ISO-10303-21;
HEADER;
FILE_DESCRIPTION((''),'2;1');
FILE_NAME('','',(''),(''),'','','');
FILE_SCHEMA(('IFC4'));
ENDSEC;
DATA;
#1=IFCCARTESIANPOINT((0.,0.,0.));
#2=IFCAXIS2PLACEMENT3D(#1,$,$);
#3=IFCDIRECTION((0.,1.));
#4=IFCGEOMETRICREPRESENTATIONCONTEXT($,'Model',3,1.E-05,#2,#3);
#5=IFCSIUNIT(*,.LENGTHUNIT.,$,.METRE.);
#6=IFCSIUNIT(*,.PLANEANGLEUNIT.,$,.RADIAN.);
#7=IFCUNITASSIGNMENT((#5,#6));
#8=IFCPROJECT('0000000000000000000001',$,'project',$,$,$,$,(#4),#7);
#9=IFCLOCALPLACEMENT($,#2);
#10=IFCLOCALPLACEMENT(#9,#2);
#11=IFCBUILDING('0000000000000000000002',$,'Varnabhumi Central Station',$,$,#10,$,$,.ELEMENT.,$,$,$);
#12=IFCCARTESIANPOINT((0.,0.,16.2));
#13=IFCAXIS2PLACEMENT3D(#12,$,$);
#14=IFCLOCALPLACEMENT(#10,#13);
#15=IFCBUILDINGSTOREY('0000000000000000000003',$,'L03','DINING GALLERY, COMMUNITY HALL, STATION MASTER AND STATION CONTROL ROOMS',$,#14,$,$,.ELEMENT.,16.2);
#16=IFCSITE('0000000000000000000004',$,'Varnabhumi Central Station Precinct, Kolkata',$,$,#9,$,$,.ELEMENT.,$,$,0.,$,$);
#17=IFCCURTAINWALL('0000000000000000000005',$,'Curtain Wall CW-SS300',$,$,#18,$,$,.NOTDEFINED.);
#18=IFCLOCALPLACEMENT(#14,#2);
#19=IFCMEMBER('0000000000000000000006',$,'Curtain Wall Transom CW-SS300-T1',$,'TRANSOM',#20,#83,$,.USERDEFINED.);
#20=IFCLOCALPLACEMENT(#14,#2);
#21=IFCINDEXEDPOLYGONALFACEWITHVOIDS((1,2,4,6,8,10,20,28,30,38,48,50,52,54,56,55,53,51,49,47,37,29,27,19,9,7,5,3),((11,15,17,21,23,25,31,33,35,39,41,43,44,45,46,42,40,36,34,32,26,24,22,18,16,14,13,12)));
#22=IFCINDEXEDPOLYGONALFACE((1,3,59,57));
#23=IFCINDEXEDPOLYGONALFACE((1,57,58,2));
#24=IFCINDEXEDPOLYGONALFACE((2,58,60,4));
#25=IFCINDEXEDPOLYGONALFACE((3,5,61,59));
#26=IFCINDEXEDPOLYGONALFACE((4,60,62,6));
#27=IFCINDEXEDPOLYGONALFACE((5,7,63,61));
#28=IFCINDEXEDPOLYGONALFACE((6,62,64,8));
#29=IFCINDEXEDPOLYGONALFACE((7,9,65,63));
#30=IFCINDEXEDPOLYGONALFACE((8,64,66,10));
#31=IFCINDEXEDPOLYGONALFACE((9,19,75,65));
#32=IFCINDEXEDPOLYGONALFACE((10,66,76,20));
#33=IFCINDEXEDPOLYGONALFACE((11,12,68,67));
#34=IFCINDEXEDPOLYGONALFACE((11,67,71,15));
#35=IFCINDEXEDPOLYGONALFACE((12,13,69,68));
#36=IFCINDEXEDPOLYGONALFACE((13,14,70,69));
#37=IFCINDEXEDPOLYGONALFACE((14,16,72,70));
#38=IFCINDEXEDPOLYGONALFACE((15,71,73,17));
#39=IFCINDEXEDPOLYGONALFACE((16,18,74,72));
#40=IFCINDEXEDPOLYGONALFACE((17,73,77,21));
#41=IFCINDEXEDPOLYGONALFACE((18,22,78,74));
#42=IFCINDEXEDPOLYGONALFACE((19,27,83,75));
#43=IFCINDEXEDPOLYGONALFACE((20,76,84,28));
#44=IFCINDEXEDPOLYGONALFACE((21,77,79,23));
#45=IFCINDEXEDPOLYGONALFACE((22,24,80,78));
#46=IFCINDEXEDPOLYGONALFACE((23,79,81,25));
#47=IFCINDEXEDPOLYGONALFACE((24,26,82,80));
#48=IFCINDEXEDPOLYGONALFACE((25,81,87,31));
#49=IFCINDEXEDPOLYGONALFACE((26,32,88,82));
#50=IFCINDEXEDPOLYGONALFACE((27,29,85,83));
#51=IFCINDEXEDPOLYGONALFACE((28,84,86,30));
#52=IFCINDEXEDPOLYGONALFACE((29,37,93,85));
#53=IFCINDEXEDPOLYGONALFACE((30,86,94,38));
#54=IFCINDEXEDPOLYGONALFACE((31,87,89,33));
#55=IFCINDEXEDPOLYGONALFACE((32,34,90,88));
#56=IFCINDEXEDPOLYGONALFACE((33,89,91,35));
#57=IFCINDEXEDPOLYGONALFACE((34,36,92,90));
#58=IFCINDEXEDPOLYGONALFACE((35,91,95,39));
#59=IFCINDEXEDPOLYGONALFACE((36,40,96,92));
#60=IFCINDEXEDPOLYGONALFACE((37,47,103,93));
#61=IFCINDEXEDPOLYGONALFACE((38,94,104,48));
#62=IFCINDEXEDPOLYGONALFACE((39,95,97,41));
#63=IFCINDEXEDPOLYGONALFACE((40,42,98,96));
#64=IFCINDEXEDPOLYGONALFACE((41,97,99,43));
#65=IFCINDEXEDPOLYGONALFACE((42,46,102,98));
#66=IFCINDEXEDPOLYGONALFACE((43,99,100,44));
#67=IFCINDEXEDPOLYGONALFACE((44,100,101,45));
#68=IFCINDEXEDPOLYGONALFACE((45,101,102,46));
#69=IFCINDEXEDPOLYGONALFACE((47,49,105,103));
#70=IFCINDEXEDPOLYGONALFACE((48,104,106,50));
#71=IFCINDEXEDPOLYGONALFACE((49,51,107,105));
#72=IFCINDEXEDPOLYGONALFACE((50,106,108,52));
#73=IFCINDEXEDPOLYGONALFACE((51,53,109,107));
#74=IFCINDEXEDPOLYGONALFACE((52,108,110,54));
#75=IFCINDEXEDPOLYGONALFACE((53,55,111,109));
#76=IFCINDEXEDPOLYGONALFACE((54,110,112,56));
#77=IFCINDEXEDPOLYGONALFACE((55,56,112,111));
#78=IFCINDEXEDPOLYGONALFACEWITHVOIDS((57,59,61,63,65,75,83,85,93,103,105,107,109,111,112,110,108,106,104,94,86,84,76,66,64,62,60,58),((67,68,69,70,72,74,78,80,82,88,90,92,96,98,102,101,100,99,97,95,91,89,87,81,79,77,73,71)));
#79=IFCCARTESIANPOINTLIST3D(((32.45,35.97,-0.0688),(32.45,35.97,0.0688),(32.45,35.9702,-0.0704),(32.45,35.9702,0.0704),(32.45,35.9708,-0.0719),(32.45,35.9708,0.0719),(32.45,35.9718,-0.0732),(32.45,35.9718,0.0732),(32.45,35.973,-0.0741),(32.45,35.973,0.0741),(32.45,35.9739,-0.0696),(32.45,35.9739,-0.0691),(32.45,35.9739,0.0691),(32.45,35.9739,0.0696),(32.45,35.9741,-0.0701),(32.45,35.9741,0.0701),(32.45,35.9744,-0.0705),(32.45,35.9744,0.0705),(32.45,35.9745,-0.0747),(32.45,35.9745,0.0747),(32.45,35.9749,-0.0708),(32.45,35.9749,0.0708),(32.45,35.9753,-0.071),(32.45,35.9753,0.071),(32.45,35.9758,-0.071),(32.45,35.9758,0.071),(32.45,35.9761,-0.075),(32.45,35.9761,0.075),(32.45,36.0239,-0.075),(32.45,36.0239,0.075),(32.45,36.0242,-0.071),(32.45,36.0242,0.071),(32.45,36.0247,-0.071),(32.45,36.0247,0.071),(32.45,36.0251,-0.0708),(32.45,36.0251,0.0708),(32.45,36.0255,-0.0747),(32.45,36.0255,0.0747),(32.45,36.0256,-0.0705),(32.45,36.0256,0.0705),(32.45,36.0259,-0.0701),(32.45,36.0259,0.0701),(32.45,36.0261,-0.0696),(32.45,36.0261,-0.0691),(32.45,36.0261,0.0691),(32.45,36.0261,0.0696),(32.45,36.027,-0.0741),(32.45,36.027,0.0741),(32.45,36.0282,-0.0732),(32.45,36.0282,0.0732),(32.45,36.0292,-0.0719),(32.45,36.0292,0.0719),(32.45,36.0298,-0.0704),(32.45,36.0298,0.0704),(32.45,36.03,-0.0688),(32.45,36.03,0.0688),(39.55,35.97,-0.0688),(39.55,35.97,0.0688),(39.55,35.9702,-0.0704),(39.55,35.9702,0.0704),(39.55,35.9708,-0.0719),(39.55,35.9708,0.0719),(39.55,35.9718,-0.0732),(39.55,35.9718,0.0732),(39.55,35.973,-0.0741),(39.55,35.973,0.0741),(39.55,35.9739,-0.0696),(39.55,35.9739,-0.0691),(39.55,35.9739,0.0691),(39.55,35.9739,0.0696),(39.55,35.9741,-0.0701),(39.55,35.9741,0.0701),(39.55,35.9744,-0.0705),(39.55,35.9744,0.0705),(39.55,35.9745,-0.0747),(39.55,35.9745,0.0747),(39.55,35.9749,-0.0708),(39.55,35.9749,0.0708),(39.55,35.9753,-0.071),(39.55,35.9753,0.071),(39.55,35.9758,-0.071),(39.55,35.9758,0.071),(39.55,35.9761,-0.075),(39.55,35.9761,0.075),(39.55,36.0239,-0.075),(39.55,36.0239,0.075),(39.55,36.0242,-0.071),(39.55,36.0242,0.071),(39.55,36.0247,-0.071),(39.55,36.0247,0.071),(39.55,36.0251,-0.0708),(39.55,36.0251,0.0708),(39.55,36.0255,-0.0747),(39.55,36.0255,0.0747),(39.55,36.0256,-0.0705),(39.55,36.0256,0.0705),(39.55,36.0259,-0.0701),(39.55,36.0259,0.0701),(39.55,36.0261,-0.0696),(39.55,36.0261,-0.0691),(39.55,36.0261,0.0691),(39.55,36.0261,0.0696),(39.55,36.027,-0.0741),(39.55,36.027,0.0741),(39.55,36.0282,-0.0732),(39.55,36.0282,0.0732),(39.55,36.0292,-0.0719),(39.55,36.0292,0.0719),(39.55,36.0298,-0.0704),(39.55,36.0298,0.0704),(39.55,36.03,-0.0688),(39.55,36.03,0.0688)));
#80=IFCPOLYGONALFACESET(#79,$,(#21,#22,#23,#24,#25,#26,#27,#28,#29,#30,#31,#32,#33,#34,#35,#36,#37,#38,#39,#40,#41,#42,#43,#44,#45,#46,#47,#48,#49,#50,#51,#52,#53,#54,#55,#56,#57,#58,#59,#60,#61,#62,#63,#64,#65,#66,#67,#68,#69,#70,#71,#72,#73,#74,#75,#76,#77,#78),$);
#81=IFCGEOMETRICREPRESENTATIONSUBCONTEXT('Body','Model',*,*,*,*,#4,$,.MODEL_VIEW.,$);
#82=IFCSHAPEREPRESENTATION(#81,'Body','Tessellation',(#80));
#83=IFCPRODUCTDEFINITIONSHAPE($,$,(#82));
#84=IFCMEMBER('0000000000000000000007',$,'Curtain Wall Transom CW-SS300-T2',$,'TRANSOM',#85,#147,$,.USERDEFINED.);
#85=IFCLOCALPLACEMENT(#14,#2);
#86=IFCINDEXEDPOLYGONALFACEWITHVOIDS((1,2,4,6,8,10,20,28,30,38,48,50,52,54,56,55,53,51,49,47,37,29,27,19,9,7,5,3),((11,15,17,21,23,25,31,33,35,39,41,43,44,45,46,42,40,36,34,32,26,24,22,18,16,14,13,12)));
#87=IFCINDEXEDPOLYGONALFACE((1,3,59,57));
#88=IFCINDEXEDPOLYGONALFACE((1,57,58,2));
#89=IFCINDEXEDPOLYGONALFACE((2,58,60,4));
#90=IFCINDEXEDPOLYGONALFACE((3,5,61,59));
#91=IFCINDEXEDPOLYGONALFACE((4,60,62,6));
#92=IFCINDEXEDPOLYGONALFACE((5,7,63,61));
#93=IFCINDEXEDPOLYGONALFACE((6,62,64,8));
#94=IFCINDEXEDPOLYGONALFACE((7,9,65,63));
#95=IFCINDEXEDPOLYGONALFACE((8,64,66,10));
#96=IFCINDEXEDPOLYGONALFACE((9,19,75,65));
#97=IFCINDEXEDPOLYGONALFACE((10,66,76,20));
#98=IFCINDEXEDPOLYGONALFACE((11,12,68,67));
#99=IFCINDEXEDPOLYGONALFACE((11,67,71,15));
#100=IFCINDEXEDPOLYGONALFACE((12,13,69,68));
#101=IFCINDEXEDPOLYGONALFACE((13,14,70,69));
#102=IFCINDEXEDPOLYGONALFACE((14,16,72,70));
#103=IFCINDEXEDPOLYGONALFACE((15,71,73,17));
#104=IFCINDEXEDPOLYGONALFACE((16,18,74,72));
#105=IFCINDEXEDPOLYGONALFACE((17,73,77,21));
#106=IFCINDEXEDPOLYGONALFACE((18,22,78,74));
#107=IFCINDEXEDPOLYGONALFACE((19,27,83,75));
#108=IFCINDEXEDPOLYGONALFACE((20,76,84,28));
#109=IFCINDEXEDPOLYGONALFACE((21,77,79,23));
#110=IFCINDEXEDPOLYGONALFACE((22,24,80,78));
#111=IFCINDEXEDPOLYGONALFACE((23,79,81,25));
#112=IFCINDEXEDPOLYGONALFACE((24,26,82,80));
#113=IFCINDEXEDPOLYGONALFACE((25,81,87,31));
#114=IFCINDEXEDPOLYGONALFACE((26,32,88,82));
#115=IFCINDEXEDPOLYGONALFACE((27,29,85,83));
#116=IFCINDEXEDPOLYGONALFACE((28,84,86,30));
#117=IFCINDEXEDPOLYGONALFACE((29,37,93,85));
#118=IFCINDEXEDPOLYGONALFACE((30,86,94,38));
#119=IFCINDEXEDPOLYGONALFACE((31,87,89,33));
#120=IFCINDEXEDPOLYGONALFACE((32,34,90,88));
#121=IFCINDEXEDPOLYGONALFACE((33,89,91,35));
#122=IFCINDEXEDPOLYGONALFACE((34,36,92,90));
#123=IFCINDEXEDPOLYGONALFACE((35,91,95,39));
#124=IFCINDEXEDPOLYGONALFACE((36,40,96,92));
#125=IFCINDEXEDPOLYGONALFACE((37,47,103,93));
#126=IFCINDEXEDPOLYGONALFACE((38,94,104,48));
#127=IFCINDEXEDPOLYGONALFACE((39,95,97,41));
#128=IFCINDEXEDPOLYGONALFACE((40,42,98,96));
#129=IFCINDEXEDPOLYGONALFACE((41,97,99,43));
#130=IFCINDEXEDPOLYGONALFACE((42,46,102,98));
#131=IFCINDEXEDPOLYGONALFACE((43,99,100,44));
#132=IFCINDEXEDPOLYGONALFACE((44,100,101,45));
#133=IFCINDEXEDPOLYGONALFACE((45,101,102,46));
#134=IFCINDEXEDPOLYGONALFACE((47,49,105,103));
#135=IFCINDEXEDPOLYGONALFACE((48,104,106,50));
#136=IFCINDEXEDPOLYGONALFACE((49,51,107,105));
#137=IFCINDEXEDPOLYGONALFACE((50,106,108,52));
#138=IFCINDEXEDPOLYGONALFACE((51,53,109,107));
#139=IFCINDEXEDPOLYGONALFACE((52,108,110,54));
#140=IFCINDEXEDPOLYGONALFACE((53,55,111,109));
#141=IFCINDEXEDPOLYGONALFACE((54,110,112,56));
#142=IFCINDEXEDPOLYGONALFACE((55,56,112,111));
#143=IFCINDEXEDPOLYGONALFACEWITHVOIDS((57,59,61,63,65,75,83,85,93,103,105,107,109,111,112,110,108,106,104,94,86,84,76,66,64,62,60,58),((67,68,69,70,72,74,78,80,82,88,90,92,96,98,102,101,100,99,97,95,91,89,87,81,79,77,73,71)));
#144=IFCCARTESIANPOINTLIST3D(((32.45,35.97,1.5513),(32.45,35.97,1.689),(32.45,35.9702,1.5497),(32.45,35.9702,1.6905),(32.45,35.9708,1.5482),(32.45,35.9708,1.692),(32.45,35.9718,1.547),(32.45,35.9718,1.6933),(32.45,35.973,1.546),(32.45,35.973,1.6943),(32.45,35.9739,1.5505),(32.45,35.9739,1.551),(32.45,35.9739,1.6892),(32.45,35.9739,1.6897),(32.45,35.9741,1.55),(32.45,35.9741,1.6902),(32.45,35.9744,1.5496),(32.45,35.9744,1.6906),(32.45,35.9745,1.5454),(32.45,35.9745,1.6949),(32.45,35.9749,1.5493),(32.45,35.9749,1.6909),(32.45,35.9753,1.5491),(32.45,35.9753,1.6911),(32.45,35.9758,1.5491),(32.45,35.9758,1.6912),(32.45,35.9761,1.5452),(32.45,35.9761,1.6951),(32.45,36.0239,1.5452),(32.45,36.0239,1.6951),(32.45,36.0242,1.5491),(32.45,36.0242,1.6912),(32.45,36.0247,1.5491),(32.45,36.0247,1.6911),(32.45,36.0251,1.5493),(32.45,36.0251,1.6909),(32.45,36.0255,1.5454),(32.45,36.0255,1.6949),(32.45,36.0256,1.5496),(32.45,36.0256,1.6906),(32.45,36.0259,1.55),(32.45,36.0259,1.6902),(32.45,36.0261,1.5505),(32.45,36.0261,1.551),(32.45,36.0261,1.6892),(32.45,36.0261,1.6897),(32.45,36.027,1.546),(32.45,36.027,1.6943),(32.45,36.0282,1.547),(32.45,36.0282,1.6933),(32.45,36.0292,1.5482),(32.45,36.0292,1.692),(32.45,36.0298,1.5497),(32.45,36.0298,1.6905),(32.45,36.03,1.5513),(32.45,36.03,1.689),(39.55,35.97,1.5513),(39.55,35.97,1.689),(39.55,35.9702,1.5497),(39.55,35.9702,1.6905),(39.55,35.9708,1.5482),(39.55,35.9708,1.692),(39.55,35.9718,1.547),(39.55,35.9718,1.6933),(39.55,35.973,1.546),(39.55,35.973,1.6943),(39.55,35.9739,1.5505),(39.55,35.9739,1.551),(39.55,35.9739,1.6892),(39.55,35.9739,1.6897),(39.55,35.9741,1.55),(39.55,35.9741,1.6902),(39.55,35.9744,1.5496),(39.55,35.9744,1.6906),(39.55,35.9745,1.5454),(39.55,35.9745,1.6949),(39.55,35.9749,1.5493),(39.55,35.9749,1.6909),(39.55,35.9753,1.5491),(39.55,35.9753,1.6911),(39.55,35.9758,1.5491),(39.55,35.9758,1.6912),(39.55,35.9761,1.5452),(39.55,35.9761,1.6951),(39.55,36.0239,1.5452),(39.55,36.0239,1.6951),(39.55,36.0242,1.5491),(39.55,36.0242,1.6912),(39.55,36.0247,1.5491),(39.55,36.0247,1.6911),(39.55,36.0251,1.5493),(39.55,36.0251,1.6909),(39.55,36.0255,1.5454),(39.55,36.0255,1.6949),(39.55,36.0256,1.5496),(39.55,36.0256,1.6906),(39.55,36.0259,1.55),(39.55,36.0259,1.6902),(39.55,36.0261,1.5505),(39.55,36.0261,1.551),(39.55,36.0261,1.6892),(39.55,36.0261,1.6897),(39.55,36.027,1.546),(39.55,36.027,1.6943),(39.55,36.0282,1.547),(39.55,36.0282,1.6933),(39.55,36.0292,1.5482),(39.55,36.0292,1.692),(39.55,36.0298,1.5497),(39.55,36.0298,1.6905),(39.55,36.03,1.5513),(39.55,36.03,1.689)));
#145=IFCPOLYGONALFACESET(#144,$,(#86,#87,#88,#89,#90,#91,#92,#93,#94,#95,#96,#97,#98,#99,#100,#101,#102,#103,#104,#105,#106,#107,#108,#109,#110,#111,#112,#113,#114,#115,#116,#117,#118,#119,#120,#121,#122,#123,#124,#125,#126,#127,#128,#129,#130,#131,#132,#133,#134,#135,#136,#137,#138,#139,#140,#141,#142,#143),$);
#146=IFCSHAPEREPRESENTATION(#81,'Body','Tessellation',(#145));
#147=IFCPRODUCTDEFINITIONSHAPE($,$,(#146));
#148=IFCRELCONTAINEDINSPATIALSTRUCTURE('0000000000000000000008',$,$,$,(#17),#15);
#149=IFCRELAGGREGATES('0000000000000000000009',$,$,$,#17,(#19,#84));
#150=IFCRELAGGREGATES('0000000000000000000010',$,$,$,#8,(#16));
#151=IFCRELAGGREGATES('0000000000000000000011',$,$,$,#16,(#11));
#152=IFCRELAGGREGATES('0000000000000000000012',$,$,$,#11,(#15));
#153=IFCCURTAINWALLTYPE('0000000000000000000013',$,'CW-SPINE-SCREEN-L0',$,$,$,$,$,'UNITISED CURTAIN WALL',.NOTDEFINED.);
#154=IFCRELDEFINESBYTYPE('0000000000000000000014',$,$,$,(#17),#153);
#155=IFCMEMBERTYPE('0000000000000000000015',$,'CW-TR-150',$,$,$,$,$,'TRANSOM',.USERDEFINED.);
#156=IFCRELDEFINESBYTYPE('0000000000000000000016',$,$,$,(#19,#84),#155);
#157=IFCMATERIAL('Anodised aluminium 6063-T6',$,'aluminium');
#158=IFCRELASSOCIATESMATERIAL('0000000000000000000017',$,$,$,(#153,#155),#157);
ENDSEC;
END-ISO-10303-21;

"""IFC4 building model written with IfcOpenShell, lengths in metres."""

from ifc_helpers import new_model, si_unit, direction, frame, origin, origin_2d, place, context, subcontext, project, spatial, hollow_rectangle, extrude, material, material_profile, profile_set, type_object, element, aggregate, save


model = new_model("IFC4")

# Units and contexts
model_context = context("Model", 3, precision=1e-05, world=origin(), true_north=direction((0.0, 1.0)))
body_context = subcontext(model_context, "Body", "Model", "MODEL_VIEW")
ifc_project = project(units=[si_unit("LENGTHUNIT", "METRE"), si_unit("PLANEANGLEUNIT", "RADIAN")], contexts=[model_context])

# Site, building, storey
site_placement = place(None, origin())
site = spatial("IfcSite", under=ifc_project, at=site_placement, Name="Varnabhumi Central Station Precinct, Kolkata", CompositionType="ELEMENT", RefElevation=0.0)
building_placement = place(site_placement, origin())
building = spatial("IfcBuilding", under=site, at=building_placement, Name="Varnabhumi Central Station", CompositionType="ELEMENT")
storey_placement = place(building_placement, frame((0.0, 0.0, 16.2)))
storey = spatial("IfcBuildingStorey", under=building, at=storey_placement, Name="L03", Description="DINING GALLERY, COMMUNITY HALL, STATION MASTER AND STATION CONTROL ROOMS", CompositionType="ELEMENT", Elevation=16.2)

# Curtain wall, members
ifc_material_1 = material(Name="Anodised aluminium 6063-T6", Category="aluminium")
curtain_wall_type = type_object("IfcCurtainWallType", Name="CW-SPINE-SCREEN-L0", ElementType="UNITISED CURTAIN WALL", PredefinedType="NOTDEFINED", material=ifc_material_1)
curtain_wall_placement = place(storey_placement, origin())
curtain_wall = element("IfcCurtainWall", 1, at=curtain_wall_placement, inside=storey, type_object=curtain_wall_type, Name="Curtain Wall CW-SS300", PredefinedType="NOTDEFINED")
ifc_material_profile_1 = material_profile(ifc_material_1, hollow_rectangle(XDim=0.0601, YDim=0.1499, WallThickness=0.0039, InnerFilletRadius=0.002, OuterFilletRadius=0.0061, at=origin_2d()), Name="Anodised aluminium 6063-T6", Category="aluminium")
ifc_profile_set_1 = profile_set([ifc_material_profile_1], Name="Anodised aluminium 6063-T6")
member_type_1 = type_object("IfcMemberType", Name="CW-TR-150", ElementType="TRANSOM", PredefinedType="USERDEFINED", material=ifc_profile_set_1)
member_1_placement = place(storey_placement, frame((32.45, 36.0, 0.0), z_axis=(1.0, 0.0, 0.0), x_axis=(0.0, 1.0, 0.0)))
member_1 = element("IfcMember", 2, at=member_1_placement, type_object=member_type_1, Name="Curtain Wall Transom CW-SS300-T1", ObjectType="TRANSOM", PredefinedType="USERDEFINED", context=body_context, shape_type="SweptSolid", body=[
    extrude(hollow_rectangle(XDim=0.0601, YDim=0.1499, WallThickness=0.0039, InnerFilletRadius=0.002, OuterFilletRadius=0.0061, at=origin_2d()), origin(), (0.0, 0.0, 1.0), 7.1001),
])
member_2_placement = place(storey_placement, frame((32.45, 36.0, 1.6201), z_axis=(1.0, 0.0, 0.0), x_axis=(0.0, 1.0, 0.0)))
member_2 = element("IfcMember", 3, at=member_2_placement, type_object=member_type_1, Name="Curtain Wall Transom CW-SS300-T2", ObjectType="TRANSOM", PredefinedType="USERDEFINED", context=body_context, shape_type="SweptSolid", body=[
    extrude(hollow_rectangle(XDim=0.0601, YDim=0.1499, WallThickness=0.0039, InnerFilletRadius=0.002, OuterFilletRadius=0.0061, at=origin_2d()), origin(), (0.0, 0.0, 1.0), 7.1001),
])
aggregate(curtain_wall, [member_1, member_2])

save(model, "model.ifc")
